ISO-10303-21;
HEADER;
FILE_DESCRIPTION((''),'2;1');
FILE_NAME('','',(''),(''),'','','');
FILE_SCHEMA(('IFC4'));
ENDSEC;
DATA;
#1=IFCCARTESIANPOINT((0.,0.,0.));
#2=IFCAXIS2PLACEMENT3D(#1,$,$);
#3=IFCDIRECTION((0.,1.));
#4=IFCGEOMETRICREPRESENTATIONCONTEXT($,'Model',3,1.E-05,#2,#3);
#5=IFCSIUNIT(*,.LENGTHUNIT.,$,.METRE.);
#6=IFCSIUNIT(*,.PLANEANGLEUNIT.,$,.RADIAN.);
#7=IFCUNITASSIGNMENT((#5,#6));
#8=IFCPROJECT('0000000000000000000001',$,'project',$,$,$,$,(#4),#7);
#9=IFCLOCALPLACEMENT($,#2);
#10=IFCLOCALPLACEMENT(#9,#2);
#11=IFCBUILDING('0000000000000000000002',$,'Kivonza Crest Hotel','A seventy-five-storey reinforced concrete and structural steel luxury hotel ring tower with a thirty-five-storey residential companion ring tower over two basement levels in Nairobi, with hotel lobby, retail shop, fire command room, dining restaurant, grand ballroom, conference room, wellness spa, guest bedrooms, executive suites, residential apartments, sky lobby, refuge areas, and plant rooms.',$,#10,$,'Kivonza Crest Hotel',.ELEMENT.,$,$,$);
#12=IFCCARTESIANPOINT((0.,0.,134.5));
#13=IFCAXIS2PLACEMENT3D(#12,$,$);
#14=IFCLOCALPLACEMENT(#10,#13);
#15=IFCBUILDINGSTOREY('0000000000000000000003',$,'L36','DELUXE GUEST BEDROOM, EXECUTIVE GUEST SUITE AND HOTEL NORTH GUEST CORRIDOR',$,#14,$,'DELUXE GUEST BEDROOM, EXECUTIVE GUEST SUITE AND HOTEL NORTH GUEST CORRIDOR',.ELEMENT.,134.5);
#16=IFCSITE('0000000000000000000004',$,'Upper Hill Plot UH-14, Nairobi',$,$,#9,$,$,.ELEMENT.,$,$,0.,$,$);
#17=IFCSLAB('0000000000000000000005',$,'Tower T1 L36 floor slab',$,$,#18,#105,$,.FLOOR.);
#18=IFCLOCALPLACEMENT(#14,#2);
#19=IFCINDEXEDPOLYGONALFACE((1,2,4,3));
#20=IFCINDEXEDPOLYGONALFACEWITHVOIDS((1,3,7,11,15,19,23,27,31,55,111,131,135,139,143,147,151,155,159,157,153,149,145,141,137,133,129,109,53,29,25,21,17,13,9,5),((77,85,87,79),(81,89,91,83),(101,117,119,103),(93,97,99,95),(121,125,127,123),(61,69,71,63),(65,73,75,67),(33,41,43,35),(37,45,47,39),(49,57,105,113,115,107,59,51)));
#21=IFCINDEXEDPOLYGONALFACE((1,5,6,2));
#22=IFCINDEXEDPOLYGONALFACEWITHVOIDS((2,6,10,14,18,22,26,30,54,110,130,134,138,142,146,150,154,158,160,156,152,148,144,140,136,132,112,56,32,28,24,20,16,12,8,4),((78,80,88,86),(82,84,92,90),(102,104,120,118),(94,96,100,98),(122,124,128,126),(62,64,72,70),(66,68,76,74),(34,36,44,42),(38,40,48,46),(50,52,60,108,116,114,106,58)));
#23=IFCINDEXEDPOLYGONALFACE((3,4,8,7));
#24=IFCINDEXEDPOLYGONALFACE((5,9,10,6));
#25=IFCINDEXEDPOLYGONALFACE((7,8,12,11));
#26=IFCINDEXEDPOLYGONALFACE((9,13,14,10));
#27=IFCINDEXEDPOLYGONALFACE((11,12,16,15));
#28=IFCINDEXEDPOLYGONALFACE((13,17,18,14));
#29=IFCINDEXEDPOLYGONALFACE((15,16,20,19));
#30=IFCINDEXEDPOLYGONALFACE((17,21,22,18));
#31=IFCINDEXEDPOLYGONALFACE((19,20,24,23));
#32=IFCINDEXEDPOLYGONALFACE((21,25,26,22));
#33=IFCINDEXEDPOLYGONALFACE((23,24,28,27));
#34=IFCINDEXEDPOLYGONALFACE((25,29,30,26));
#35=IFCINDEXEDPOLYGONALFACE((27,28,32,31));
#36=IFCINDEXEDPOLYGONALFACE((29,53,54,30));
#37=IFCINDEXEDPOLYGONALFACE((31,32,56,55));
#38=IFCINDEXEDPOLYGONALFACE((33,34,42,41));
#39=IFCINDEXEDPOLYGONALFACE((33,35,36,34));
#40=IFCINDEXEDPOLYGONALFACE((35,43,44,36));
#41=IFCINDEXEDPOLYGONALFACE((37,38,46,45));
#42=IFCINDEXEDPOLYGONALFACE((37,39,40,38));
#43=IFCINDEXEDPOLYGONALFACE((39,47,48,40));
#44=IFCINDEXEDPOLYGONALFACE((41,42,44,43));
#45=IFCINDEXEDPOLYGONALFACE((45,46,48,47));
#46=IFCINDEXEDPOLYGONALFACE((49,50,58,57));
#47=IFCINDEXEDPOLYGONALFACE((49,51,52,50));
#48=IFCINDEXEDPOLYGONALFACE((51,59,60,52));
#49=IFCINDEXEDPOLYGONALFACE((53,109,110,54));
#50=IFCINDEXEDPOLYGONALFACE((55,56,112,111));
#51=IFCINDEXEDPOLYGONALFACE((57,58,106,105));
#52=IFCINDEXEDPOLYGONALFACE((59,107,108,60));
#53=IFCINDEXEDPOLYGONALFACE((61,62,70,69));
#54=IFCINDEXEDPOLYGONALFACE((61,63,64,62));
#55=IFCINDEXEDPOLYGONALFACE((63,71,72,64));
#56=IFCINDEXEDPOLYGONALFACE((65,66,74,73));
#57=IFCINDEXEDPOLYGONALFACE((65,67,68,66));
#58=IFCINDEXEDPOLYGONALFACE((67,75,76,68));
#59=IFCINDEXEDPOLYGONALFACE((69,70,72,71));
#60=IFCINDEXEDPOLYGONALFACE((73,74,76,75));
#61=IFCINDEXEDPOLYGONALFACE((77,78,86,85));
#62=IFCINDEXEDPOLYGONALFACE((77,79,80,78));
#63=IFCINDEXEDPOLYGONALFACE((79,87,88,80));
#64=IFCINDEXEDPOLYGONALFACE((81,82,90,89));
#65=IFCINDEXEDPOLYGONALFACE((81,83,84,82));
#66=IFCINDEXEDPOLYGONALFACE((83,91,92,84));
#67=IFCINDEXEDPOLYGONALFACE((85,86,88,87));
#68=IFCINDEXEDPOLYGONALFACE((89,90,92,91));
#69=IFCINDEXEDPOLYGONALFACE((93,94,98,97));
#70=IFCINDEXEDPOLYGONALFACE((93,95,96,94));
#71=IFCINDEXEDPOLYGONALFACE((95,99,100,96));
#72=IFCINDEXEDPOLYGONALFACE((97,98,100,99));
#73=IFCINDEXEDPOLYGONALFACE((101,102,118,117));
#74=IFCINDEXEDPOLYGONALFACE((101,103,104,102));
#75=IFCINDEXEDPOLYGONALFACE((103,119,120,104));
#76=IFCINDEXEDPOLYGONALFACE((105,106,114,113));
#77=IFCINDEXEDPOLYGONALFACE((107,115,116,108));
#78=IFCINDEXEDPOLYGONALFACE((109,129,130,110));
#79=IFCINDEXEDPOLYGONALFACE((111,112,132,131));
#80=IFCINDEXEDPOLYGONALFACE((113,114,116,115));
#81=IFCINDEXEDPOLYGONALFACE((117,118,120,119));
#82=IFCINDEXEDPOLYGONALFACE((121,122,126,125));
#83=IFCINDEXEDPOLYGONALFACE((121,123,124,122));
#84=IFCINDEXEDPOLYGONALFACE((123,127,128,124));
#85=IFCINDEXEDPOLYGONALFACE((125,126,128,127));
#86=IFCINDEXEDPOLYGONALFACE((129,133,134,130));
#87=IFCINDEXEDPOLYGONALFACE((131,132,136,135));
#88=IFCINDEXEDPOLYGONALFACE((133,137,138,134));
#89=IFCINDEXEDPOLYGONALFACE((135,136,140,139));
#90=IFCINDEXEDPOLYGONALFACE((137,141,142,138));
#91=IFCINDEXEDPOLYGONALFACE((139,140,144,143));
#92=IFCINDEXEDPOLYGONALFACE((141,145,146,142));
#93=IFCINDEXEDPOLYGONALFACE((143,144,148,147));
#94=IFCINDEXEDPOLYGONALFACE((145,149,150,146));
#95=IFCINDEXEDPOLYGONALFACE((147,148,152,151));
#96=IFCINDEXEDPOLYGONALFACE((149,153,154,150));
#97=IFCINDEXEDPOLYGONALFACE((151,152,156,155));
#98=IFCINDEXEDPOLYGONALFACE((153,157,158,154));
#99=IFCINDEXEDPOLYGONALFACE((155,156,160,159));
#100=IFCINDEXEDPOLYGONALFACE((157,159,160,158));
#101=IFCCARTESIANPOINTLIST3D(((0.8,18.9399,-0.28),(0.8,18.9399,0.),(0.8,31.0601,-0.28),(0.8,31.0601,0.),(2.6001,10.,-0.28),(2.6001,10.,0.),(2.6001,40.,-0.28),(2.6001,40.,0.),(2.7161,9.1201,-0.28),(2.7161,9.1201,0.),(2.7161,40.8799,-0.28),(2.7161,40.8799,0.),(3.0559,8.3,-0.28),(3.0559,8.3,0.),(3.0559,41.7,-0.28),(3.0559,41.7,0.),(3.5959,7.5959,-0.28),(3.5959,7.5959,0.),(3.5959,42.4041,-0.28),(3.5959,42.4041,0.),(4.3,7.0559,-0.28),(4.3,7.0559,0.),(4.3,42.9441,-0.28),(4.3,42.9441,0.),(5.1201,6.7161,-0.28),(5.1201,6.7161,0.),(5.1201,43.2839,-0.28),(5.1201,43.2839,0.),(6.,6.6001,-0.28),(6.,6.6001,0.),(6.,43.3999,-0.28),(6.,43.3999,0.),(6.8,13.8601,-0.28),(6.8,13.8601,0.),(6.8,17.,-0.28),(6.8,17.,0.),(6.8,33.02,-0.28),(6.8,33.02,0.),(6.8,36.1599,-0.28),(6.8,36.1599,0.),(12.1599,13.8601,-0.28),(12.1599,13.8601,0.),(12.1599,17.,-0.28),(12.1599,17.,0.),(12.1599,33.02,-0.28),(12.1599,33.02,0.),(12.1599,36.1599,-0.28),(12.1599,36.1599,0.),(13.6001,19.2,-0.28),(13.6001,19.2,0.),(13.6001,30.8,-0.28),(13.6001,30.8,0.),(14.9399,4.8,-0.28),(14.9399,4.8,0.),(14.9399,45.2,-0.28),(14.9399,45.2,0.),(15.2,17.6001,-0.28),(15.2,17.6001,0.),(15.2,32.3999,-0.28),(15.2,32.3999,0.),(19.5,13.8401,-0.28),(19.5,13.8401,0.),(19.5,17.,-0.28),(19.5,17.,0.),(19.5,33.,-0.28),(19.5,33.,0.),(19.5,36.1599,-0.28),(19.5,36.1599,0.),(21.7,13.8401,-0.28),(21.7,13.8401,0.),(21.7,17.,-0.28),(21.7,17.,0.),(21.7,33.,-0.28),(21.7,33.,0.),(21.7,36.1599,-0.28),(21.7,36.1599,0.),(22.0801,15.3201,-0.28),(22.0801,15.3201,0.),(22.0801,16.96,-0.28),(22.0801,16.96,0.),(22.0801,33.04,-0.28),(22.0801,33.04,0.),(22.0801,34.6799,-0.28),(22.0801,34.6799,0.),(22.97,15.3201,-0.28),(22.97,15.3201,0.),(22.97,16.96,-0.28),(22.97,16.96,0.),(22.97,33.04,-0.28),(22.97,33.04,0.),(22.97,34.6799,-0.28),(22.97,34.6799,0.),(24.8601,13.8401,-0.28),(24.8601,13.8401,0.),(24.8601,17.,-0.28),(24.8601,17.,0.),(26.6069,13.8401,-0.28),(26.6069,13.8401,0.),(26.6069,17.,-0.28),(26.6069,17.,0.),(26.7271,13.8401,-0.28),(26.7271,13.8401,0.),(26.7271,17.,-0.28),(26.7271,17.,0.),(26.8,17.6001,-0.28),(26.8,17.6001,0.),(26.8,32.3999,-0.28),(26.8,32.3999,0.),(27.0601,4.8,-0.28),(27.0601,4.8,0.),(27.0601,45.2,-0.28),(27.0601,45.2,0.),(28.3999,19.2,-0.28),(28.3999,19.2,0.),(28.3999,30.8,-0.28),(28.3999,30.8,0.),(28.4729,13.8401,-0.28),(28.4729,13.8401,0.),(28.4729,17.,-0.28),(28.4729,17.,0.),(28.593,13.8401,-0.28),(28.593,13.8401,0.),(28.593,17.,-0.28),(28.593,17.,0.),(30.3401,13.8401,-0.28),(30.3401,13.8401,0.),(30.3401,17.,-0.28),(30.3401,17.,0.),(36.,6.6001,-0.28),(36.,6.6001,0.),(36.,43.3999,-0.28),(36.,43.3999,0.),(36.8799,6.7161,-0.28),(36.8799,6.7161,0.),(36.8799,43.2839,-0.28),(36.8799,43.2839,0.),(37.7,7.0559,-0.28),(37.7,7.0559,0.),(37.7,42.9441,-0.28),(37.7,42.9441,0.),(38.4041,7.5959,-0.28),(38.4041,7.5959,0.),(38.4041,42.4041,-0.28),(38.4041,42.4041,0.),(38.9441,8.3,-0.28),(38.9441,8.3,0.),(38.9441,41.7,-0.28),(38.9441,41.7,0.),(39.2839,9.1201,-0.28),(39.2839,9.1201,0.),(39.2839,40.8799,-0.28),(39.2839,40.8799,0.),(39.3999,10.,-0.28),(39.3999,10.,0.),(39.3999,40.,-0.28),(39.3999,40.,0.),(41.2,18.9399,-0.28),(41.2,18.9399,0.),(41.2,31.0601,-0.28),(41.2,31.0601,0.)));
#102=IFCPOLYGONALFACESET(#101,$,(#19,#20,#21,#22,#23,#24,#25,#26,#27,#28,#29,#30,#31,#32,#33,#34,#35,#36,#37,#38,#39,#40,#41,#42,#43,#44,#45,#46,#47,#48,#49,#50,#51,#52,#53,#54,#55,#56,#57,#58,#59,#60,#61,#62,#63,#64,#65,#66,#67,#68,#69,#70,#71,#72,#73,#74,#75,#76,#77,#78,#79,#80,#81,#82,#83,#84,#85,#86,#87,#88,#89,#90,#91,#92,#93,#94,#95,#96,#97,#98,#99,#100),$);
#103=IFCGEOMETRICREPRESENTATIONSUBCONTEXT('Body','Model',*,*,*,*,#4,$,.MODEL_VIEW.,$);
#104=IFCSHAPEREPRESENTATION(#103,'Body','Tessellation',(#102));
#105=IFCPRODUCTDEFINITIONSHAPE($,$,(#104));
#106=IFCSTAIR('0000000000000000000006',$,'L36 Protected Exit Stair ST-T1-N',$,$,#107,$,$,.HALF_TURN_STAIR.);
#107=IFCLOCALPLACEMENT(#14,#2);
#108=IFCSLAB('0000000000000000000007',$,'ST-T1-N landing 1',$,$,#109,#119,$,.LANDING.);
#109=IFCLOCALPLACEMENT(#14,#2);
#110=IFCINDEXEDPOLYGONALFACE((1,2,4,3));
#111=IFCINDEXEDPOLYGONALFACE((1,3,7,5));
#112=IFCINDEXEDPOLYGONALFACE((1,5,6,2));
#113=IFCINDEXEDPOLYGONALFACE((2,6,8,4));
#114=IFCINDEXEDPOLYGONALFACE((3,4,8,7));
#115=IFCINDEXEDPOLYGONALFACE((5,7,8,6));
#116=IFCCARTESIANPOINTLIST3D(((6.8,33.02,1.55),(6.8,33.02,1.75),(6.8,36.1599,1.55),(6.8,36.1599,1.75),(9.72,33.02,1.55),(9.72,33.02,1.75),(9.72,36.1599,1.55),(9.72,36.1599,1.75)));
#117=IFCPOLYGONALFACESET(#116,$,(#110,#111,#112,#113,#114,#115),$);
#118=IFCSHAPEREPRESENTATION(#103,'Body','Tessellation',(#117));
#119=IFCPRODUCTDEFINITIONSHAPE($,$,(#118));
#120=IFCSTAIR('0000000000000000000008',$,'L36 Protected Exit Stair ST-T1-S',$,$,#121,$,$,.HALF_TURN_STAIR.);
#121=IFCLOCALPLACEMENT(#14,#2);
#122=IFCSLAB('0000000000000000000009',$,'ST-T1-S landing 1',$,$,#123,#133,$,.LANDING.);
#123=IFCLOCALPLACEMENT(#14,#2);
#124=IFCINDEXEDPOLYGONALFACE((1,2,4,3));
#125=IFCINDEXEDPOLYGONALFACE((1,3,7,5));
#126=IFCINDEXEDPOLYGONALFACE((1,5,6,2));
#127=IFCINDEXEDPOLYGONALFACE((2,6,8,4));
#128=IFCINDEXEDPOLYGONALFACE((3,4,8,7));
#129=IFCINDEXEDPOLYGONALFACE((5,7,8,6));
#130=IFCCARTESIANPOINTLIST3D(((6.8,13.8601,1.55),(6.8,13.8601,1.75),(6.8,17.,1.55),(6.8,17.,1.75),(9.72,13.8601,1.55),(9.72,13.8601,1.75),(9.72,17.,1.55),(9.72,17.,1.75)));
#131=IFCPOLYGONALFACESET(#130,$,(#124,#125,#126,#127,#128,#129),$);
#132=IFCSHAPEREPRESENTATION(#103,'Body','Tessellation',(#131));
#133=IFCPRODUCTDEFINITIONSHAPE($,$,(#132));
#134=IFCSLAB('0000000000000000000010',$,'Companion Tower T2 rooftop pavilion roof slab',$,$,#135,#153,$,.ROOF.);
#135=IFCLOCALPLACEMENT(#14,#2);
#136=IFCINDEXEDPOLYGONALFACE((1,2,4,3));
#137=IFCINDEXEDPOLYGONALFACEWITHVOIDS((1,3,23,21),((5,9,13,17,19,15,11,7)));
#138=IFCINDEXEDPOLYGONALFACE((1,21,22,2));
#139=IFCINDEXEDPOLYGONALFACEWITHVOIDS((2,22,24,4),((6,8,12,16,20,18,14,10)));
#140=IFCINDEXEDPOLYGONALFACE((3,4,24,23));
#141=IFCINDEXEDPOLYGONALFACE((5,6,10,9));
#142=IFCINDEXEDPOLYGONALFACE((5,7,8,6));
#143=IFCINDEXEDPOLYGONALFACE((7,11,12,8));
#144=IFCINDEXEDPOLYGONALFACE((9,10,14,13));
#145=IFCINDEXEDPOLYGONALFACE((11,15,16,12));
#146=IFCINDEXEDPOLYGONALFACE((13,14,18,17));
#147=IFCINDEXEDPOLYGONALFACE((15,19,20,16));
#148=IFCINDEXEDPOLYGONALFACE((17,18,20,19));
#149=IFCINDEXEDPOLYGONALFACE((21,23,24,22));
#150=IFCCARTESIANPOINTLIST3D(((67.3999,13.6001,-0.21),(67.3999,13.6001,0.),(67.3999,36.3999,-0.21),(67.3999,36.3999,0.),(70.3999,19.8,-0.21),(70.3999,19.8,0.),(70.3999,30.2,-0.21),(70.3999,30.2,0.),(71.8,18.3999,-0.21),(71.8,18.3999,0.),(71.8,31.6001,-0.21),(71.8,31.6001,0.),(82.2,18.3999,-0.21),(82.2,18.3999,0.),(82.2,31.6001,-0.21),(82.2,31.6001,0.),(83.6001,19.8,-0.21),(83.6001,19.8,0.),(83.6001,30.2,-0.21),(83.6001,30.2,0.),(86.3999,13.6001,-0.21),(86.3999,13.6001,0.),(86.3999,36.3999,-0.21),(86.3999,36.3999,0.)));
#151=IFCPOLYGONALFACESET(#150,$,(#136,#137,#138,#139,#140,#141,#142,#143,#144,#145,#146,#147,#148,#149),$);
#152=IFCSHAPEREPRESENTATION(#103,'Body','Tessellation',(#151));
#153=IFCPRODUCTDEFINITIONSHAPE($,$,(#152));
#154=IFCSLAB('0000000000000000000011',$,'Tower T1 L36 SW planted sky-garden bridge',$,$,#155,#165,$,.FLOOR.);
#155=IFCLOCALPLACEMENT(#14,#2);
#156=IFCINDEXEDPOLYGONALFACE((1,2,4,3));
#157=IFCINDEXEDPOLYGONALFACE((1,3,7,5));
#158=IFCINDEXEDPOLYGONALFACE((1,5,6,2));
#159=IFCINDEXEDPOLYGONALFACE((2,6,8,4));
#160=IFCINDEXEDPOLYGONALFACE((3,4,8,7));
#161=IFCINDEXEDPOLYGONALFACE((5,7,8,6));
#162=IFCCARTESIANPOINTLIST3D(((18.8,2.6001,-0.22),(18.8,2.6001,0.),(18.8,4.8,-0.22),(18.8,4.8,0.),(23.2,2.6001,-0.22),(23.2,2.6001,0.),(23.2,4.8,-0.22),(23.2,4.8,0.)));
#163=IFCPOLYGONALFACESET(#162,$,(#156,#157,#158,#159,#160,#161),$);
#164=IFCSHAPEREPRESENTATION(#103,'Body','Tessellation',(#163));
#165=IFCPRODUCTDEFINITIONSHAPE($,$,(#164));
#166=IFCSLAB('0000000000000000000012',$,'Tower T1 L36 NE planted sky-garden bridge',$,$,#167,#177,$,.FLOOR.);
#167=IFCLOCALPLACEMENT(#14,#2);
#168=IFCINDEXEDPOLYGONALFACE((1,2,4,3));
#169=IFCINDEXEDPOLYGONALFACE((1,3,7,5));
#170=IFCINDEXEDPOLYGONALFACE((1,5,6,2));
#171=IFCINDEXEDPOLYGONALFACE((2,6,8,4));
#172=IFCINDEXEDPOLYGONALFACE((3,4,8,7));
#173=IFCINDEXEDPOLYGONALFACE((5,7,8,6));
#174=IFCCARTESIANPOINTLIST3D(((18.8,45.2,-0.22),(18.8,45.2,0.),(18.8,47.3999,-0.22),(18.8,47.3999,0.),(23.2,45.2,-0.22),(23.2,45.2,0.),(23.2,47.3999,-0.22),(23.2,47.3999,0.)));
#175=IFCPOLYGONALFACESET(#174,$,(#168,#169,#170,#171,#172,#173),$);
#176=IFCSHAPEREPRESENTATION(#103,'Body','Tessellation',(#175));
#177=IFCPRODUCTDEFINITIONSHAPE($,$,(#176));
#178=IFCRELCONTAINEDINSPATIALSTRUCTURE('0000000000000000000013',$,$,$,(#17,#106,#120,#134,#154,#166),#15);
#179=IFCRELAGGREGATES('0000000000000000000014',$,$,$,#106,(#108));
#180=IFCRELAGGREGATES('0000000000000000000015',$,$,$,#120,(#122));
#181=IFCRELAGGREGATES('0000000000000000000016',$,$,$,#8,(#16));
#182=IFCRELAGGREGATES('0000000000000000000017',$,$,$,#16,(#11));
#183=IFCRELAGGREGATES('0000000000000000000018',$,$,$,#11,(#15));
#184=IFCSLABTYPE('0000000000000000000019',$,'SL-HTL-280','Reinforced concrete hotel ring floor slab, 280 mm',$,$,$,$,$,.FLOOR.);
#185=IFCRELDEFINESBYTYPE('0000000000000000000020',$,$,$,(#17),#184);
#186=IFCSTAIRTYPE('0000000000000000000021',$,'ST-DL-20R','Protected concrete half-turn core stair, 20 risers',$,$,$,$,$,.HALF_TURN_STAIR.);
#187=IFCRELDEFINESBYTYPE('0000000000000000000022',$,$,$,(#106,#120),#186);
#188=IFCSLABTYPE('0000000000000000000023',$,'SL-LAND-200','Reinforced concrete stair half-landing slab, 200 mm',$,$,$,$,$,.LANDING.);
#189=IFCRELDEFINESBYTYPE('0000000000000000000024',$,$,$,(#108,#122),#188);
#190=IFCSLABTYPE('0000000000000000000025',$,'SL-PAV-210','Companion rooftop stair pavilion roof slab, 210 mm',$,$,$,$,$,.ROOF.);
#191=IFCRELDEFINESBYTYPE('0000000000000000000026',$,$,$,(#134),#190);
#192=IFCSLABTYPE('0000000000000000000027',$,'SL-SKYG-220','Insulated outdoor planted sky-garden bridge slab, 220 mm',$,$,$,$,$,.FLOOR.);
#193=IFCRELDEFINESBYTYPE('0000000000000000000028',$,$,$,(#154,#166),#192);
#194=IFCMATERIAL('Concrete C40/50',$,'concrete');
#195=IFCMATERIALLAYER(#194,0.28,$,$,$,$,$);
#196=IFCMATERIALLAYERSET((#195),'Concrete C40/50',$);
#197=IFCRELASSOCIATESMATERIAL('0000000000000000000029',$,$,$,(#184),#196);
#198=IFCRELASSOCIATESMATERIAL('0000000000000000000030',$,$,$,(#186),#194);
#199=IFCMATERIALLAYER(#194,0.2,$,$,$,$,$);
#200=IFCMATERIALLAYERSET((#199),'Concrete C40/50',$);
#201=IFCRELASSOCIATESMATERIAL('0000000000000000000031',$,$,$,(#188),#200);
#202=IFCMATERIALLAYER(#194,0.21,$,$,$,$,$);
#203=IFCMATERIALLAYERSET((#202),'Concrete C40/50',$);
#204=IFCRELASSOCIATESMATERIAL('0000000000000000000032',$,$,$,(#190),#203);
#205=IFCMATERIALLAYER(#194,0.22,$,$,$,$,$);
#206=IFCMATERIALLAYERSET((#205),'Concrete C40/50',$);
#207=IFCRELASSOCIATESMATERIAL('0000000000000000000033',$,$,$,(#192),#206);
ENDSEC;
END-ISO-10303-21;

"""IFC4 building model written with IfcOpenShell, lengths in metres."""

from ifc_helpers import new_model, si_unit, direction, frame, origin, place, context, subcontext, project, spatial, polyline, outline, extrude, material, layer, layer_set, type_object, element, aggregate, save


model = new_model("IFC4")

# Units and contexts
model_context = context("Model", 3, precision=1e-05, world=origin(), true_north=direction((0.0, 1.0)))
body_context = subcontext(model_context, "Body", "Model", "MODEL_VIEW")
ifc_project = project(units=[si_unit("LENGTHUNIT", "METRE"), si_unit("PLANEANGLEUNIT", "RADIAN")], contexts=[model_context])

# Site, building, storey
site_placement = place(None, origin())
site = spatial("IfcSite", under=ifc_project, at=site_placement, Name="Upper Hill Plot UH-14, Nairobi", CompositionType="ELEMENT", RefElevation=0.0)
building_placement = place(site_placement, origin())
building = spatial("IfcBuilding", under=site, at=building_placement, Name="Kivonza Crest Hotel", Description="A seventy-five-storey reinforced concrete and structural steel luxury hotel ring tower with a thirty-five-storey residential companion ring tower over two basement levels in Nairobi, with hotel lobby, retail shop, fire command room, dining restaurant, grand ballroom, conference room, wellness spa, guest bedrooms, executive suites, residential apartments, sky lobby, refuge areas, and plant rooms.", LongName="Kivonza Crest Hotel", CompositionType="ELEMENT")
storey_placement = place(building_placement, frame((0.0, 0.0, 134.5)))
storey = spatial("IfcBuildingStorey", under=building, at=storey_placement, Name="L36", Description="DELUXE GUEST BEDROOM, EXECUTIVE GUEST SUITE AND HOTEL NORTH GUEST CORRIDOR", LongName="DELUXE GUEST BEDROOM, EXECUTIVE GUEST SUITE AND HOTEL NORTH GUEST CORRIDOR", CompositionType="ELEMENT", Elevation=134.5)

# Slab
ifc_material_1 = material(Name="Concrete C40/50", Category="concrete")
ifc_layer_1 = layer(ifc_material_1, 0.28)
ifc_layer_set_1 = layer_set([ifc_layer_1], Name="Concrete C40/50")
slab_type_1 = type_object("IfcSlabType", Name="SL-HTL-280", Description="Reinforced concrete hotel ring floor slab, 280 mm", PredefinedType="FLOOR", material=ifc_layer_set_1)
slab_1_placement = place(storey_placement, frame((0.0, 0.0, -0.28)))
element("IfcSlab", 1, at=slab_1_placement, inside=storey, type_object=slab_type_1, Name="Tower T1 L36 floor slab", PredefinedType="FLOOR", context=body_context, shape_type="SweptSolid", body=[
    extrude(outline(polyline([(2.6001, 10.0), (2.7161, 9.1201), (3.0559, 8.3), (3.5959, 7.5959), (4.3, 7.0559), (5.1201, 6.7161), (6.0, 6.6001), (14.9399, 4.8), (27.0601, 4.8), (36.0, 6.6001), (36.8799, 6.7161), (37.7, 7.0559), (38.4041, 7.5959), (38.9441, 8.3), (39.2839, 9.1201), (39.3999, 10.0), (41.2, 18.9399), (41.2, 31.0601), (39.3999, 40.0), (39.2839, 40.8799), (38.9441, 41.7), (38.4041, 42.4041), (37.7, 42.9441), (36.8799, 43.2839), (36.0, 43.3999), (27.0601, 45.2), (14.9399, 45.2), (6.0, 43.3999), (5.1201, 43.2839), (4.3, 42.9441), (3.5959, 42.4041), (3.0559, 41.7), (2.7161, 40.8799), (2.6001, 40.0), (0.8, 31.0601), (0.8, 18.9399), (2.6001, 10.0)]), holes=[polyline([(15.2, 17.6001), (26.8, 17.6001), (28.3999, 19.2), (28.3999, 30.8), (26.8, 32.3999), (15.2, 32.3999), (13.6001, 30.8), (13.6001, 19.2), (15.2, 17.6001)]), polyline([(6.8, 33.02), (12.1599, 33.02), (12.1599, 36.1599), (6.8, 36.1599), (6.8, 33.02)]), polyline([(6.8, 13.8601), (12.1599, 13.8601), (12.1599, 17.0), (6.8, 17.0), (6.8, 13.8601)]), polyline([(22.0801, 33.04), (22.97, 33.04), (22.97, 34.6799), (22.0801, 34.6799), (22.0801, 33.04)]), polyline([(22.0801, 15.3201), (22.97, 15.3201), (22.97, 16.96), (22.0801, 16.96), (22.0801, 15.3201)]), polyline([(19.5, 33.0), (21.7, 33.0), (21.7, 36.1599), (19.5, 36.1599), (19.5, 33.0)]), polyline([(19.5, 13.8401), (21.7, 13.8401), (21.7, 17.0), (19.5, 17.0), (19.5, 13.8401)]), polyline([(24.8601, 13.8401), (26.6069, 13.8401), (26.6069, 17.0), (24.8601, 17.0), (24.8601, 13.8401)]), polyline([(26.7271, 13.8401), (28.4729, 13.8401), (28.4729, 17.0), (26.7271, 17.0), (26.7271, 13.8401)]), polyline([(28.593, 13.8401), (30.3401, 13.8401), (30.3401, 17.0), (28.593, 17.0), (28.593, 13.8401)])]), origin(), (0.0, 0.0, 1.0), 0.28),
])

# Stairs, slabs
stair_type = type_object("IfcStairType", Name="ST-DL-20R", Description="Protected concrete half-turn core stair, 20 risers", PredefinedType="HALF_TURN_STAIR", material=ifc_material_1)
stair_1_placement = place(storey_placement, origin())
stair_1 = element("IfcStair", 2, at=stair_1_placement, inside=storey, type_object=stair_type, Name="L36 Protected Exit Stair ST-T1-N", PredefinedType="HALF_TURN_STAIR")
ifc_layer_2 = layer(ifc_material_1, 0.2)
ifc_layer_set_2 = layer_set([ifc_layer_2], Name="Concrete C40/50")
slab_type_2 = type_object("IfcSlabType", Name="SL-LAND-200", Description="Reinforced concrete stair half-landing slab, 200 mm", PredefinedType="LANDING", material=ifc_layer_set_2)
slab_2_placement = place(storey_placement, frame((0.0, 0.0, 1.55)))
slab_2 = element("IfcSlab", 3, at=slab_2_placement, type_object=slab_type_2, Name="ST-T1-N landing 1", PredefinedType="LANDING", context=body_context, shape_type="SweptSolid", body=[
    extrude(outline(polyline([(9.72, 36.1599), (6.8, 36.1599), (6.8, 33.02), (9.72, 33.02), (9.72, 36.1599)])), origin(), (0.0, 0.0, 1.0), 0.2),
])
aggregate(stair_1, [slab_2])
stair_2_placement = place(storey_placement, origin())
stair_2 = element("IfcStair", 4, at=stair_2_placement, inside=storey, type_object=stair_type, Name="L36 Protected Exit Stair ST-T1-S", PredefinedType="HALF_TURN_STAIR")
slab_3_placement = place(storey_placement, frame((0.0, 0.0, 1.55)))
slab_3 = element("IfcSlab", 5, at=slab_3_placement, type_object=slab_type_2, Name="ST-T1-S landing 1", PredefinedType="LANDING", context=body_context, shape_type="SweptSolid", body=[
    extrude(outline(polyline([(9.72, 17.0), (6.8, 17.0), (6.8, 13.8601), (9.72, 13.8601), (9.72, 17.0)])), origin(), (0.0, 0.0, 1.0), 0.2),
])
aggregate(stair_2, [slab_3])

# Slabs
ifc_layer_3 = layer(ifc_material_1, 0.21)
ifc_layer_set_3 = layer_set([ifc_layer_3], Name="Concrete C40/50")
slab_type_3 = type_object("IfcSlabType", Name="SL-PAV-210", Description="Companion rooftop stair pavilion roof slab, 210 mm", PredefinedType="ROOF", material=ifc_layer_set_3)
slab_4_placement = place(storey_placement, frame((0.0, 0.0, -0.21)))
element("IfcSlab", 6, at=slab_4_placement, inside=storey, type_object=slab_type_3, Name="Companion Tower T2 rooftop pavilion roof slab", PredefinedType="ROOF", context=body_context, shape_type="SweptSolid", body=[
    extrude(outline(polyline([(67.3999, 13.6001), (86.3999, 13.6001), (86.3999, 36.3999), (67.3999, 36.3999), (67.3999, 13.6001)]), holes=[polyline([(71.8, 18.3999), (82.2, 18.3999), (83.6001, 19.8), (83.6001, 30.2), (82.2, 31.6001), (71.8, 31.6001), (70.3999, 30.2), (70.3999, 19.8), (71.8, 18.3999)])]), origin(), (0.0, 0.0, 1.0), 0.21),
])
ifc_layer_4 = layer(ifc_material_1, 0.22)
ifc_layer_set_4 = layer_set([ifc_layer_4], Name="Concrete C40/50")
slab_type_4 = type_object("IfcSlabType", Name="SL-SKYG-220", Description="Insulated outdoor planted sky-garden bridge slab, 220 mm", PredefinedType="FLOOR", material=ifc_layer_set_4)
slab_5_placement = place(storey_placement, frame((0.0, 0.0, -0.22)))
element("IfcSlab", 7, at=slab_5_placement, inside=storey, type_object=slab_type_4, Name="Tower T1 L36 SW planted sky-garden bridge", PredefinedType="FLOOR", context=body_context, shape_type="SweptSolid", body=[
    extrude(outline(polyline([(18.8, 2.6001), (23.2, 2.6001), (23.2, 4.8), (18.8, 4.8), (18.8, 2.6001)])), origin(), (0.0, 0.0, 1.0), 0.22),
])
slab_6_placement = place(storey_placement, frame((0.0, 0.0, -0.22)))
element("IfcSlab", 8, at=slab_6_placement, inside=storey, type_object=slab_type_4, Name="Tower T1 L36 NE planted sky-garden bridge", PredefinedType="FLOOR", context=body_context, shape_type="SweptSolid", body=[
    extrude(outline(polyline([(18.8, 45.2), (23.2, 45.2), (23.2, 47.3999), (18.8, 47.3999), (18.8, 45.2)])), origin(), (0.0, 0.0, 1.0), 0.22),
])

save(model, "model.ifc")
